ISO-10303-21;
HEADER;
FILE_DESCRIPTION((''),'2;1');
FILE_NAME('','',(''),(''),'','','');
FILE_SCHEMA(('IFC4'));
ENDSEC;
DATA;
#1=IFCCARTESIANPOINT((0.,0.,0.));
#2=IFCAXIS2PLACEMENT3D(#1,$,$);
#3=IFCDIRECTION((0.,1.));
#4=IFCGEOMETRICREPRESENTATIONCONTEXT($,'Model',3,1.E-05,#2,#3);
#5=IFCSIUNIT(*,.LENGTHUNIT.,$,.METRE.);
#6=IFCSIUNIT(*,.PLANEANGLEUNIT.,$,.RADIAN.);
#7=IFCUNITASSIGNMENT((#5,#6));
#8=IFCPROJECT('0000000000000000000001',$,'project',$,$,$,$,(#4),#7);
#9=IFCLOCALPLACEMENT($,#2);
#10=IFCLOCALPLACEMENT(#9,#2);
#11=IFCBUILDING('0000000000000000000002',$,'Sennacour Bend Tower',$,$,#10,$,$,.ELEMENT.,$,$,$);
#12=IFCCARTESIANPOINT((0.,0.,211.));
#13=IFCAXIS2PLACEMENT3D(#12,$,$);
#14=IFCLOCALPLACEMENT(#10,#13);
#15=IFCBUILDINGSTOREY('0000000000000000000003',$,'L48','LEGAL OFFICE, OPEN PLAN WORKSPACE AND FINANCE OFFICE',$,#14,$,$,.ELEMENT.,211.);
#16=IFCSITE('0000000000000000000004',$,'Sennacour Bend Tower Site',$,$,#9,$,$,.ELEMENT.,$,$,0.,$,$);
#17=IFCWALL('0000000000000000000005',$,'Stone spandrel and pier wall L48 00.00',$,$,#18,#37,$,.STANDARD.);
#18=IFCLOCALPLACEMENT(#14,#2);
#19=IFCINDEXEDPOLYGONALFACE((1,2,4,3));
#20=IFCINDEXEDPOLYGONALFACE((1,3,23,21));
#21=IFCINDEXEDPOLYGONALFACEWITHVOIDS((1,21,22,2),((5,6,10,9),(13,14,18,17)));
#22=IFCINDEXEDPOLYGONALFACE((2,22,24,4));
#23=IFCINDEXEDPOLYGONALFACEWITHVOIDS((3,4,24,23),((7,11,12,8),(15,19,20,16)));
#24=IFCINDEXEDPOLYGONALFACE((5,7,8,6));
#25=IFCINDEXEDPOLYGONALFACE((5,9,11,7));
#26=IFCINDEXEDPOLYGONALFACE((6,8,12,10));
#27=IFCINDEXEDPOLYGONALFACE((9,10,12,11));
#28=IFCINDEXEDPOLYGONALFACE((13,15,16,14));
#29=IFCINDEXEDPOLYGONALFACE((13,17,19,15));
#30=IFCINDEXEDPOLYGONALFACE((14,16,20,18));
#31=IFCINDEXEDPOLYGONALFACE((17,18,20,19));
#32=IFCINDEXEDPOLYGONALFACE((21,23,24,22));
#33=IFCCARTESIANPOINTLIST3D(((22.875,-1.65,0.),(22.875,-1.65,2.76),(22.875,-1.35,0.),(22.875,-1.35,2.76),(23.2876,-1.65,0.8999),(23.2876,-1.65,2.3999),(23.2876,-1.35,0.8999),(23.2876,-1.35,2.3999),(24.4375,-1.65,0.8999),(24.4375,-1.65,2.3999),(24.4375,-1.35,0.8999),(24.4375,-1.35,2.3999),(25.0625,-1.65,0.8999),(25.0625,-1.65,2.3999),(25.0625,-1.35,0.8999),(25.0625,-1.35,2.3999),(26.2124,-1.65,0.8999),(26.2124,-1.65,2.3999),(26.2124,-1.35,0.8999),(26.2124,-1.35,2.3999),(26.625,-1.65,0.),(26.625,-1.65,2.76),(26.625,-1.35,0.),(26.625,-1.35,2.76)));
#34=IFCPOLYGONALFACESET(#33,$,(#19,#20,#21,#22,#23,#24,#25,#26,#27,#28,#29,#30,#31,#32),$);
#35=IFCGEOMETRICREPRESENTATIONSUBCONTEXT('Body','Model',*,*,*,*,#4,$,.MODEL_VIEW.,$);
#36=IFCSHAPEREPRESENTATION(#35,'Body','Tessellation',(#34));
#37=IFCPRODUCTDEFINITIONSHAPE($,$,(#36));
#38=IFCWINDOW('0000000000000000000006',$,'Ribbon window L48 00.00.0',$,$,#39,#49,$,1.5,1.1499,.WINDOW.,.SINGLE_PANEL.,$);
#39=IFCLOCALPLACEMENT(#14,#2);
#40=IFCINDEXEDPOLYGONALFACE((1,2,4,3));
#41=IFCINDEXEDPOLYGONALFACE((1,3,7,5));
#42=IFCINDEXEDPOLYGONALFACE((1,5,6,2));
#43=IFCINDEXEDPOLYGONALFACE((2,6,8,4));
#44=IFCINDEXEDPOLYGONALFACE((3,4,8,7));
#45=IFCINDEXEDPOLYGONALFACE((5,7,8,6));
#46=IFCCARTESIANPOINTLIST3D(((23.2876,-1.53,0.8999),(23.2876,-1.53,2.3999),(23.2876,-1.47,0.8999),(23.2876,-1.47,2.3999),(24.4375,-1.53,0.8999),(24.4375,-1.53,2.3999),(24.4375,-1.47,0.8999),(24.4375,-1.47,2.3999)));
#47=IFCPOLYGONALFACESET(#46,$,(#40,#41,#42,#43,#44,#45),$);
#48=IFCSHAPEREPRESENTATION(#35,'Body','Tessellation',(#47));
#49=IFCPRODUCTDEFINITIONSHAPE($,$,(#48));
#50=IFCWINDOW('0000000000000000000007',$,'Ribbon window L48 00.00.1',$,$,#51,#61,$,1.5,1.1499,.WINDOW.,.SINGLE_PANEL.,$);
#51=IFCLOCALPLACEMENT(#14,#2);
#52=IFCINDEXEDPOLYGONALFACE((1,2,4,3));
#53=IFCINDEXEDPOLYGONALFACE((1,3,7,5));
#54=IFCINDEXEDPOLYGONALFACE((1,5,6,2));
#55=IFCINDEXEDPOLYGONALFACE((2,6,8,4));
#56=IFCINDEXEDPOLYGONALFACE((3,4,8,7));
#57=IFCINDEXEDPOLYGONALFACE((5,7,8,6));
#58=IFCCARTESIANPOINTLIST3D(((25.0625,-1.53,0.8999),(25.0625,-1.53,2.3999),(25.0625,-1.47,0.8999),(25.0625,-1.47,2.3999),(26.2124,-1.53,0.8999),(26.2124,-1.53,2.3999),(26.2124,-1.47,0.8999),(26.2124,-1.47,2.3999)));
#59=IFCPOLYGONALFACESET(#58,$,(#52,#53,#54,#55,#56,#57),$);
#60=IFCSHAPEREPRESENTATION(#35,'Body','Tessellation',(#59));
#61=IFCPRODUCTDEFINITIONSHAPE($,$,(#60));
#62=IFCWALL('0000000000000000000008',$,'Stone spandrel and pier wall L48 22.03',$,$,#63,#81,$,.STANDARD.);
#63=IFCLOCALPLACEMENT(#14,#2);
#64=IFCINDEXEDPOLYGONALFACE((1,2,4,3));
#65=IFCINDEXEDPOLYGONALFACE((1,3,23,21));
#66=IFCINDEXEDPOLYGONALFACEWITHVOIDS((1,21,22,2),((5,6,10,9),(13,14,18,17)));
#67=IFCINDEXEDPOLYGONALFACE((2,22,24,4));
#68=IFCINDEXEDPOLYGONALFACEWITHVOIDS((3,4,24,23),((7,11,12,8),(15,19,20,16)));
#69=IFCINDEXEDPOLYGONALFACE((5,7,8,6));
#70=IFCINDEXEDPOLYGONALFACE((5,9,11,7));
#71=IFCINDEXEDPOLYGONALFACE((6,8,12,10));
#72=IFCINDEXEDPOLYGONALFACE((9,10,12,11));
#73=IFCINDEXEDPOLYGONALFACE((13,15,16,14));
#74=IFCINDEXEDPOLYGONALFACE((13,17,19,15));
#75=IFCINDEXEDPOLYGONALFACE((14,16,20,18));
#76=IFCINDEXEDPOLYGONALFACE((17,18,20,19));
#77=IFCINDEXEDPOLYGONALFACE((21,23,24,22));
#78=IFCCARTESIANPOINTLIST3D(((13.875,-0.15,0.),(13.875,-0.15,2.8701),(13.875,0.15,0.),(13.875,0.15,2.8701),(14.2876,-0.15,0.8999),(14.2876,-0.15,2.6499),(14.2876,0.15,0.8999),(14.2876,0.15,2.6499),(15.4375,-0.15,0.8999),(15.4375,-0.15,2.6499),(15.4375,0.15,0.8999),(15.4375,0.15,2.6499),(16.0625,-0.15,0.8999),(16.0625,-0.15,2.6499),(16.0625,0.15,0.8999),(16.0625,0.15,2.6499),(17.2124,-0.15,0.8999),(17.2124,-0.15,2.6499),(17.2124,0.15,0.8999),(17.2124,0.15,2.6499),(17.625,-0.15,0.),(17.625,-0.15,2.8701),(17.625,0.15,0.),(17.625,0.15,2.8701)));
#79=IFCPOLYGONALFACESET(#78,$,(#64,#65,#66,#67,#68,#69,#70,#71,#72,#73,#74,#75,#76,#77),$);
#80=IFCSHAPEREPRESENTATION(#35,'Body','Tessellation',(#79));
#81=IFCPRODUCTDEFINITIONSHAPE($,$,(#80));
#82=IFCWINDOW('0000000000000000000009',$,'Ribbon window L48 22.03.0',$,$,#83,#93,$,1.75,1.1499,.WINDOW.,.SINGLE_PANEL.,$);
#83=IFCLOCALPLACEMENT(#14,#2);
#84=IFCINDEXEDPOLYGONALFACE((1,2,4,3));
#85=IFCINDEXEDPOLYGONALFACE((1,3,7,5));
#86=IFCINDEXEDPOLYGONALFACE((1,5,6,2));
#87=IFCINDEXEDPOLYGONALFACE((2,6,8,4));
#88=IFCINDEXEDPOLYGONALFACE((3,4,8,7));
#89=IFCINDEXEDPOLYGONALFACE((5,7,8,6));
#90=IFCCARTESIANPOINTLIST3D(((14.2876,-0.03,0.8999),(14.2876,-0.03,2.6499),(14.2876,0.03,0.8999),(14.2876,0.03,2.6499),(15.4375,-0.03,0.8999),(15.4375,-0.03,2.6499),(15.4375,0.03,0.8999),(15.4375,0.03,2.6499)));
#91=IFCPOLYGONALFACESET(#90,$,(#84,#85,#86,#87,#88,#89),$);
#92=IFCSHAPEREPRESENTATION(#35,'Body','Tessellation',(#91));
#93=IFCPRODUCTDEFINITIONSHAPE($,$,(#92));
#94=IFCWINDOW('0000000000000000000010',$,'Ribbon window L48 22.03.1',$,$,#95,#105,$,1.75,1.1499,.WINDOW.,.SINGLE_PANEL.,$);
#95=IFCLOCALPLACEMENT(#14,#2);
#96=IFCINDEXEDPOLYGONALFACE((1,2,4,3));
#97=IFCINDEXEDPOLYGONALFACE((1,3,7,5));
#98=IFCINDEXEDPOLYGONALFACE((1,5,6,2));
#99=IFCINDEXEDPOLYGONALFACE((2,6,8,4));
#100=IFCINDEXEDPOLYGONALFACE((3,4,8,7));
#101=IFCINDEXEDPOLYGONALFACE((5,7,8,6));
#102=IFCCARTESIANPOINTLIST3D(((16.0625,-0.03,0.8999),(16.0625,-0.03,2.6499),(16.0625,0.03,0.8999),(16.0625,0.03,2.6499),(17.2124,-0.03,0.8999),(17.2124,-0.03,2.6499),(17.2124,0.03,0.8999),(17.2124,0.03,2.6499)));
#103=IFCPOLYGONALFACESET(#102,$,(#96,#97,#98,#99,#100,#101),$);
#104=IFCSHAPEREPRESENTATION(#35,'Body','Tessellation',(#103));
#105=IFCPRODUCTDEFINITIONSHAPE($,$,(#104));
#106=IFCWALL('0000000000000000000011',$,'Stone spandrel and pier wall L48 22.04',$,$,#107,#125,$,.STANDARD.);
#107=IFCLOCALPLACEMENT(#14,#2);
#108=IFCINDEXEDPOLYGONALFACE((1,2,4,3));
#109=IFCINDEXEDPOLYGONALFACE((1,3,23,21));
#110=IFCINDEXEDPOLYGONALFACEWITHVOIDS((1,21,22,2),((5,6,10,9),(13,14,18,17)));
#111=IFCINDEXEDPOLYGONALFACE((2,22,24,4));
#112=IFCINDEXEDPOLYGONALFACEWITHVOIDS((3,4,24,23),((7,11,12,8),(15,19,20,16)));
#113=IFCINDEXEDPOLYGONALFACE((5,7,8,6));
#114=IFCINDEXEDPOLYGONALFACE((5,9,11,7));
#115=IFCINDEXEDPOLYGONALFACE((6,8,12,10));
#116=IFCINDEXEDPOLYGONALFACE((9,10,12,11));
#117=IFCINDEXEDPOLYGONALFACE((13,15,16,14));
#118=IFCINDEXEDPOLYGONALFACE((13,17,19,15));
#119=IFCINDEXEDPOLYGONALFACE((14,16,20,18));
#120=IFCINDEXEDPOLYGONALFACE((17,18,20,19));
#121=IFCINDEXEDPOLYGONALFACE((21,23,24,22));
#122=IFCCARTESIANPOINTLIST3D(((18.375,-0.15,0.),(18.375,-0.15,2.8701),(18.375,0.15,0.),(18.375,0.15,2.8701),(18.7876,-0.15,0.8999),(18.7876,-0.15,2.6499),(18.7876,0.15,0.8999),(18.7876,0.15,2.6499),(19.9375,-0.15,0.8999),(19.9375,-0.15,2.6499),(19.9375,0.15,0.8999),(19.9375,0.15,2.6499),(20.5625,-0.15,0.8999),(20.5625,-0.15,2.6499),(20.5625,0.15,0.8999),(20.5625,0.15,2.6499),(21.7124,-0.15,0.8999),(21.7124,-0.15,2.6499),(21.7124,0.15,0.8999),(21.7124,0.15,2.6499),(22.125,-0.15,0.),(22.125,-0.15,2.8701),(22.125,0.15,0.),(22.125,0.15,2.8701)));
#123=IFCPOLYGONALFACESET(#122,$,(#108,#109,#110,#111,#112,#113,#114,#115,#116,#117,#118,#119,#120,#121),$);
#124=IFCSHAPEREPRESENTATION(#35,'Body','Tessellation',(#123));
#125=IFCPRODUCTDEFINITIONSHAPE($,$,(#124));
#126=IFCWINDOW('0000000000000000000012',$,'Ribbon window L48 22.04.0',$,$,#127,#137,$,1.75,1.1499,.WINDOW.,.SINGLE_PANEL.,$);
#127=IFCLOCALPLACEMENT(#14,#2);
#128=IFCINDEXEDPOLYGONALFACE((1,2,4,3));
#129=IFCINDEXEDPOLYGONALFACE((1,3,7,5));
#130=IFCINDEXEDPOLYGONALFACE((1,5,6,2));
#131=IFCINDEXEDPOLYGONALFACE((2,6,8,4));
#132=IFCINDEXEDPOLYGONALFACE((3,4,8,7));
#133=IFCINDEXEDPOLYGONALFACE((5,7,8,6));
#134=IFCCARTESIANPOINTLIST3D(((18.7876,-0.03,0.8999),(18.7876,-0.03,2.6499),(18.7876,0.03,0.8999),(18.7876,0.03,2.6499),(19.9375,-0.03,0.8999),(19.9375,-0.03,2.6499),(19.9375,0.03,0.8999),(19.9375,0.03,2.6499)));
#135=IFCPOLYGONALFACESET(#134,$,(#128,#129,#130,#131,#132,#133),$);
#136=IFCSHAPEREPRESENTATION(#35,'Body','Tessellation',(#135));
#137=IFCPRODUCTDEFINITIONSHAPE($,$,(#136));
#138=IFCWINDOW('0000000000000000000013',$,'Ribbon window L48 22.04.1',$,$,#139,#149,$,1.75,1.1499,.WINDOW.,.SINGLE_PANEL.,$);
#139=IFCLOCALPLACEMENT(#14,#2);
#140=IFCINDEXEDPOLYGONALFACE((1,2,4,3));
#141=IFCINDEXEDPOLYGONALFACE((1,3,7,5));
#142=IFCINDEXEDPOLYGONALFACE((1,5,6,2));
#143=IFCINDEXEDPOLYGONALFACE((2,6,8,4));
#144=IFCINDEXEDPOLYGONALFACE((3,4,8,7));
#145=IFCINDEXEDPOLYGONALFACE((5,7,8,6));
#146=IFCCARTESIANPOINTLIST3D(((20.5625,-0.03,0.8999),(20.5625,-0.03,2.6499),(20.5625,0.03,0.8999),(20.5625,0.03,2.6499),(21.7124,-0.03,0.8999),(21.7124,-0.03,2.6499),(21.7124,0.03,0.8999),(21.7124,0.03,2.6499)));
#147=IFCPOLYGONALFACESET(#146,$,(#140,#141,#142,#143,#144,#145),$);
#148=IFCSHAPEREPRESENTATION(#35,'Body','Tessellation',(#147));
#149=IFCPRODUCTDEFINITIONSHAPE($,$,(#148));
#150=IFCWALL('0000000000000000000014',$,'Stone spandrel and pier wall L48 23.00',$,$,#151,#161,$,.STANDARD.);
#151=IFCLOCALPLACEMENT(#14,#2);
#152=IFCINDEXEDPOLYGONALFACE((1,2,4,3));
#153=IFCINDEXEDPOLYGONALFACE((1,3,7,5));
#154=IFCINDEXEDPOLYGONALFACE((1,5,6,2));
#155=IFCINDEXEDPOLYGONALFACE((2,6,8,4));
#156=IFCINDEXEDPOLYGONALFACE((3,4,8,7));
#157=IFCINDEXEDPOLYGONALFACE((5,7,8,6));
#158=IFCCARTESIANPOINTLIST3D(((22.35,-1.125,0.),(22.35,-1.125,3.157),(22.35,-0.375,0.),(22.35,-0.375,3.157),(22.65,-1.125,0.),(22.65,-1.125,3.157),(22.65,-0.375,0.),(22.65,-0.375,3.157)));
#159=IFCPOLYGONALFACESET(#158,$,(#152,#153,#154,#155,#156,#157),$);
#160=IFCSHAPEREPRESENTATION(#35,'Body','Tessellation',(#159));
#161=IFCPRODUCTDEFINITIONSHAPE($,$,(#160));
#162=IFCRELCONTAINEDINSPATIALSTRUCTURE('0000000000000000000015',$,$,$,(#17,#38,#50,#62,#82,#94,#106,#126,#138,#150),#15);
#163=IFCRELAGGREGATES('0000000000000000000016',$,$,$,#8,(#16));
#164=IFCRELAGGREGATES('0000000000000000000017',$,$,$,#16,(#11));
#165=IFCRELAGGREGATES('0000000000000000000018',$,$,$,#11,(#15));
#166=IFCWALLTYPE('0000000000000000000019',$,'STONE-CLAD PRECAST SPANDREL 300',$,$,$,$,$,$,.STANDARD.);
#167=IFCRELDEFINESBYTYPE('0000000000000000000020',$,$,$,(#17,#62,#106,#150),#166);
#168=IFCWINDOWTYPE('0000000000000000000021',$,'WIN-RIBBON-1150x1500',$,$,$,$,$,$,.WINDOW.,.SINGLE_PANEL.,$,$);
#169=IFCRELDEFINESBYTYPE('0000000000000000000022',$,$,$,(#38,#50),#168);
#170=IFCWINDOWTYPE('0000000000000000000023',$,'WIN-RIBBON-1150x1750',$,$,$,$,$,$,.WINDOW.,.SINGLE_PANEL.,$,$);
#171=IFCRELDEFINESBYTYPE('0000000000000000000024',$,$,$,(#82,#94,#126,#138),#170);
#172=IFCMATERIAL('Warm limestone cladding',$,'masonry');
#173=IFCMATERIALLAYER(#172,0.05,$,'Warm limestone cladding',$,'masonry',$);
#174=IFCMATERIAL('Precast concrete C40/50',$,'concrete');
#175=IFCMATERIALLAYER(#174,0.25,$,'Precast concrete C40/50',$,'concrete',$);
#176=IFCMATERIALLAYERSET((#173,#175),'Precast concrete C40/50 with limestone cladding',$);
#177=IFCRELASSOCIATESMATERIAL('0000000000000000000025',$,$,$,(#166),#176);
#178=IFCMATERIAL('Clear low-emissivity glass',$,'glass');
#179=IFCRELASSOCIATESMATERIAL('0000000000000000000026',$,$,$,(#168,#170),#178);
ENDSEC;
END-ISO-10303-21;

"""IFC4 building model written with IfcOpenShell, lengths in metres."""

from ifc_helpers import new_model, si_unit, direction, frame, frame_2d, origin, place, context, subcontext, project, spatial, rectangle, extrude, material, layer, layer_set, type_object, element, fill, save


model = new_model("IFC4")

# Units and contexts
model_context = context("Model", 3, precision=1e-05, world=origin(), true_north=direction((0.0, 1.0)))
body_context = subcontext(model_context, "Body", "Model", "MODEL_VIEW")
ifc_project = project(units=[si_unit("LENGTHUNIT", "METRE"), si_unit("PLANEANGLEUNIT", "RADIAN")], contexts=[model_context])

# Site, building, storey
site_placement = place(None, origin())
site = spatial("IfcSite", under=ifc_project, at=site_placement, Name="Sennacour Bend Tower Site", CompositionType="ELEMENT", RefElevation=0.0)
building_placement = place(site_placement, origin())
building = spatial("IfcBuilding", under=site, at=building_placement, Name="Sennacour Bend Tower", CompositionType="ELEMENT")
storey_placement = place(building_placement, frame((0.0, 0.0, 211.0)))
storey = spatial("IfcBuildingStorey", under=building, at=storey_placement, Name="L48", Description="LEGAL OFFICE, OPEN PLAN WORKSPACE AND FINANCE OFFICE", CompositionType="ELEMENT", Elevation=211.0)

# Walls, openings, windows
ifc_material_1 = material(Name="Warm limestone cladding", Category="masonry")
ifc_layer_1 = layer(ifc_material_1, 0.05, Name="Warm limestone cladding", Category="masonry")
ifc_material_2 = material(Name="Precast concrete C40/50", Category="concrete")
ifc_layer_2 = layer(ifc_material_2, 0.25, Name="Precast concrete C40/50", Category="concrete")
ifc_layer_set = layer_set([ifc_layer_1, ifc_layer_2], Name="Precast concrete C40/50 with limestone cladding")
wall_type = type_object("IfcWallType", Name="STONE-CLAD PRECAST SPANDREL 300", PredefinedType="STANDARD", material=ifc_layer_set)
wall_1_placement = place(storey_placement, frame((22.875, -1.5, 0.0), z_axis=(0.0, 0.0, 1.0), x_axis=(1.0, 0.0, 0.0)))
wall_1 = element("IfcWall", 1, at=wall_1_placement, inside=storey, type_object=wall_type, Name="Stone spandrel and pier wall L48 00.00", PredefinedType="STANDARD", context=body_context, shape_type="SweptSolid", body=[
    extrude(rectangle(XDim=3.75, YDim=0.3, at=frame_2d((1.875, 0.0))), origin(), (0.0, 0.0, 1.0), 2.76),
])
opening_1_placement = place(wall_1_placement, frame((0.4126, 0.0, 0.8999)))
opening_1 = element("IfcOpeningElement", 2, at=opening_1_placement, cuts=wall_1, PredefinedType="OPENING", context=body_context, shape_type="SweptSolid", body=[
    extrude(rectangle(XDim=1.1499, YDim=1.5, at=frame_2d((0.575, 0.75))), frame((0.0, 0.1602, 0.0), z_axis=(0.0, -1.0, 0.0), x_axis=(1.0, 0.0, 0.0)), (0.0, 0.0, 1.0), 0.3201),
])
opening_2_placement = place(wall_1_placement, frame((2.1875, 0.0, 0.8999)))
opening_2 = element("IfcOpeningElement", 3, at=opening_2_placement, cuts=wall_1, PredefinedType="OPENING", context=body_context, shape_type="SweptSolid", body=[
    extrude(rectangle(XDim=1.1499, YDim=1.5, at=frame_2d((0.575, 0.75))), frame((0.0, 0.1602, 0.0), z_axis=(0.0, -1.0, 0.0), x_axis=(1.0, 0.0, 0.0)), (0.0, 0.0, 1.0), 0.3201),
])
ifc_material_3 = material(Name="Clear low-emissivity glass", Category="glass")
window_type_1 = type_object("IfcWindowType", Name="WIN-RIBBON-1150x1500", PartitioningType="SINGLE_PANEL", PredefinedType="WINDOW", material=ifc_material_3)
window_1_placement = place(opening_1_placement, origin())
window_1 = element("IfcWindow", 4, at=window_1_placement, inside=storey, type_object=window_type_1, Name="Ribbon window L48 00.00.0", OverallHeight=1.5, OverallWidth=1.1499, PartitioningType="SINGLE_PANEL", PredefinedType="WINDOW", context=body_context, shape_type="SweptSolid", body=[
    extrude(rectangle(XDim=1.1499, YDim=1.5, at=frame_2d((0.575, 0.75))), frame((0.0, 0.03, 0.0), z_axis=(0.0, -1.0, 0.0), x_axis=(1.0, 0.0, 0.0)), (0.0, 0.0, 1.0), 0.0601),
])
fill(opening_1, window_1)
window_2_placement = place(opening_2_placement, origin())
window_2 = element("IfcWindow", 5, at=window_2_placement, inside=storey, type_object=window_type_1, Name="Ribbon window L48 00.00.1", OverallHeight=1.5, OverallWidth=1.1499, PartitioningType="SINGLE_PANEL", PredefinedType="WINDOW", context=body_context, shape_type="SweptSolid", body=[
    extrude(rectangle(XDim=1.1499, YDim=1.5, at=frame_2d((0.575, 0.75))), frame((0.0, 0.03, 0.0), z_axis=(0.0, -1.0, 0.0), x_axis=(1.0, 0.0, 0.0)), (0.0, 0.0, 1.0), 0.0601),
])
fill(opening_2, window_2)
wall_2_placement = place(storey_placement, frame((13.875, 0.0, 0.0), z_axis=(0.0, 0.0, 1.0), x_axis=(1.0, 0.0, 0.0)))
wall_2 = element("IfcWall", 6, at=wall_2_placement, inside=storey, type_object=wall_type, Name="Stone spandrel and pier wall L48 22.03", PredefinedType="STANDARD", context=body_context, shape_type="SweptSolid", body=[
    extrude(rectangle(XDim=3.75, YDim=0.3, at=frame_2d((1.875, 0.0))), origin(), (0.0, 0.0, 1.0), 2.8701),
])
opening_3_placement = place(wall_2_placement, frame((0.4126, 0.0, 0.8999)))
opening_3 = element("IfcOpeningElement", 7, at=opening_3_placement, cuts=wall_2, PredefinedType="OPENING", context=body_context, shape_type="SweptSolid", body=[
    extrude(rectangle(XDim=1.1499, YDim=1.75, at=frame_2d((0.575, 0.875))), frame((0.0, 0.1602, 0.0), z_axis=(0.0, -1.0, 0.0), x_axis=(1.0, 0.0, 0.0)), (0.0, 0.0, 1.0), 0.3201),
])
opening_4_placement = place(wall_2_placement, frame((2.1875, 0.0, 0.8999)))
opening_4 = element("IfcOpeningElement", 8, at=opening_4_placement, cuts=wall_2, PredefinedType="OPENING", context=body_context, shape_type="SweptSolid", body=[
    extrude(rectangle(XDim=1.1499, YDim=1.75, at=frame_2d((0.575, 0.875))), frame((0.0, 0.1602, 0.0), z_axis=(0.0, -1.0, 0.0), x_axis=(1.0, 0.0, 0.0)), (0.0, 0.0, 1.0), 0.3201),
])
window_type_2 = type_object("IfcWindowType", Name="WIN-RIBBON-1150x1750", PartitioningType="SINGLE_PANEL", PredefinedType="WINDOW", material=ifc_material_3)
window_3_placement = place(opening_3_placement, origin())
window_3 = element("IfcWindow", 9, at=window_3_placement, inside=storey, type_object=window_type_2, Name="Ribbon window L48 22.03.0", OverallHeight=1.75, OverallWidth=1.1499, PartitioningType="SINGLE_PANEL", PredefinedType="WINDOW", context=body_context, shape_type="SweptSolid", body=[
    extrude(rectangle(XDim=1.1499, YDim=1.75, at=frame_2d((0.575, 0.875))), frame((0.0, 0.03, 0.0), z_axis=(0.0, -1.0, 0.0), x_axis=(1.0, 0.0, 0.0)), (0.0, 0.0, 1.0), 0.0601),
])
fill(opening_3, window_3)
window_4_placement = place(opening_4_placement, origin())
window_4 = element("IfcWindow", 10, at=window_4_placement, inside=storey, type_object=window_type_2, Name="Ribbon window L48 22.03.1", OverallHeight=1.75, OverallWidth=1.1499, PartitioningType="SINGLE_PANEL", PredefinedType="WINDOW", context=body_context, shape_type="SweptSolid", body=[
    extrude(rectangle(XDim=1.1499, YDim=1.75, at=frame_2d((0.575, 0.875))), frame((0.0, 0.03, 0.0), z_axis=(0.0, -1.0, 0.0), x_axis=(1.0, 0.0, 0.0)), (0.0, 0.0, 1.0), 0.0601),
])
fill(opening_4, window_4)
wall_3_placement = place(storey_placement, frame((18.375, 0.0, 0.0), z_axis=(0.0, 0.0, 1.0), x_axis=(1.0, 0.0, 0.0)))
wall_3 = element("IfcWall", 11, at=wall_3_placement, inside=storey, type_object=wall_type, Name="Stone spandrel and pier wall L48 22.04", PredefinedType="STANDARD", context=body_context, shape_type="SweptSolid", body=[
    extrude(rectangle(XDim=3.75, YDim=0.3, at=frame_2d((1.875, 0.0))), origin(), (0.0, 0.0, 1.0), 2.8701),
])
opening_5_placement = place(wall_3_placement, frame((0.4126, 0.0, 0.8999)))
opening_5 = element("IfcOpeningElement", 12, at=opening_5_placement, cuts=wall_3, PredefinedType="OPENING", context=body_context, shape_type="SweptSolid", body=[
    extrude(rectangle(XDim=1.1499, YDim=1.75, at=frame_2d((0.575, 0.875))), frame((0.0, 0.1602, 0.0), z_axis=(0.0, -1.0, 0.0), x_axis=(1.0, 0.0, 0.0)), (0.0, 0.0, 1.0), 0.3201),
])
opening_6_placement = place(wall_3_placement, frame((2.1875, 0.0, 0.8999)))
opening_6 = element("IfcOpeningElement", 13, at=opening_6_placement, cuts=wall_3, PredefinedType="OPENING", context=body_context, shape_type="SweptSolid", body=[
    extrude(rectangle(XDim=1.1499, YDim=1.75, at=frame_2d((0.575, 0.875))), frame((0.0, 0.1602, 0.0), z_axis=(0.0, -1.0, 0.0), x_axis=(1.0, 0.0, 0.0)), (0.0, 0.0, 1.0), 0.3201),
])
window_5_placement = place(opening_5_placement, origin())
window_5 = element("IfcWindow", 14, at=window_5_placement, inside=storey, type_object=window_type_2, Name="Ribbon window L48 22.04.0", OverallHeight=1.75, OverallWidth=1.1499, PartitioningType="SINGLE_PANEL", PredefinedType="WINDOW", context=body_context, shape_type="SweptSolid", body=[
    extrude(rectangle(XDim=1.1499, YDim=1.75, at=frame_2d((0.575, 0.875))), frame((0.0, 0.03, 0.0), z_axis=(0.0, -1.0, 0.0), x_axis=(1.0, 0.0, 0.0)), (0.0, 0.0, 1.0), 0.0601),
])
fill(opening_5, window_5)
window_6_placement = place(opening_6_placement, origin())
window_6 = element("IfcWindow", 15, at=window_6_placement, inside=storey, type_object=window_type_2, Name="Ribbon window L48 22.04.1", OverallHeight=1.75, OverallWidth=1.1499, PartitioningType="SINGLE_PANEL", PredefinedType="WINDOW", context=body_context, shape_type="SweptSolid", body=[
    extrude(rectangle(XDim=1.1499, YDim=1.75, at=frame_2d((0.575, 0.875))), frame((0.0, 0.03, 0.0), z_axis=(0.0, -1.0, 0.0), x_axis=(1.0, 0.0, 0.0)), (0.0, 0.0, 1.0), 0.0601),
])
fill(opening_6, window_6)

# Wall
wall_4_placement = place(storey_placement, frame((22.5, -0.375, 0.0), z_axis=(0.0, 0.0, 1.0), x_axis=(0.0, -1.0, 0.0)))
element("IfcWall", 16, at=wall_4_placement, inside=storey, type_object=wall_type, Name="Stone spandrel and pier wall L48 23.00", PredefinedType="STANDARD", context=body_context, shape_type="SweptSolid", body=[
    extrude(rectangle(XDim=0.75, YDim=0.3, at=frame_2d((0.375, 0.0))), origin(), (0.0, 0.0, 1.0), 3.157),
])

save(model, "model.ifc")
